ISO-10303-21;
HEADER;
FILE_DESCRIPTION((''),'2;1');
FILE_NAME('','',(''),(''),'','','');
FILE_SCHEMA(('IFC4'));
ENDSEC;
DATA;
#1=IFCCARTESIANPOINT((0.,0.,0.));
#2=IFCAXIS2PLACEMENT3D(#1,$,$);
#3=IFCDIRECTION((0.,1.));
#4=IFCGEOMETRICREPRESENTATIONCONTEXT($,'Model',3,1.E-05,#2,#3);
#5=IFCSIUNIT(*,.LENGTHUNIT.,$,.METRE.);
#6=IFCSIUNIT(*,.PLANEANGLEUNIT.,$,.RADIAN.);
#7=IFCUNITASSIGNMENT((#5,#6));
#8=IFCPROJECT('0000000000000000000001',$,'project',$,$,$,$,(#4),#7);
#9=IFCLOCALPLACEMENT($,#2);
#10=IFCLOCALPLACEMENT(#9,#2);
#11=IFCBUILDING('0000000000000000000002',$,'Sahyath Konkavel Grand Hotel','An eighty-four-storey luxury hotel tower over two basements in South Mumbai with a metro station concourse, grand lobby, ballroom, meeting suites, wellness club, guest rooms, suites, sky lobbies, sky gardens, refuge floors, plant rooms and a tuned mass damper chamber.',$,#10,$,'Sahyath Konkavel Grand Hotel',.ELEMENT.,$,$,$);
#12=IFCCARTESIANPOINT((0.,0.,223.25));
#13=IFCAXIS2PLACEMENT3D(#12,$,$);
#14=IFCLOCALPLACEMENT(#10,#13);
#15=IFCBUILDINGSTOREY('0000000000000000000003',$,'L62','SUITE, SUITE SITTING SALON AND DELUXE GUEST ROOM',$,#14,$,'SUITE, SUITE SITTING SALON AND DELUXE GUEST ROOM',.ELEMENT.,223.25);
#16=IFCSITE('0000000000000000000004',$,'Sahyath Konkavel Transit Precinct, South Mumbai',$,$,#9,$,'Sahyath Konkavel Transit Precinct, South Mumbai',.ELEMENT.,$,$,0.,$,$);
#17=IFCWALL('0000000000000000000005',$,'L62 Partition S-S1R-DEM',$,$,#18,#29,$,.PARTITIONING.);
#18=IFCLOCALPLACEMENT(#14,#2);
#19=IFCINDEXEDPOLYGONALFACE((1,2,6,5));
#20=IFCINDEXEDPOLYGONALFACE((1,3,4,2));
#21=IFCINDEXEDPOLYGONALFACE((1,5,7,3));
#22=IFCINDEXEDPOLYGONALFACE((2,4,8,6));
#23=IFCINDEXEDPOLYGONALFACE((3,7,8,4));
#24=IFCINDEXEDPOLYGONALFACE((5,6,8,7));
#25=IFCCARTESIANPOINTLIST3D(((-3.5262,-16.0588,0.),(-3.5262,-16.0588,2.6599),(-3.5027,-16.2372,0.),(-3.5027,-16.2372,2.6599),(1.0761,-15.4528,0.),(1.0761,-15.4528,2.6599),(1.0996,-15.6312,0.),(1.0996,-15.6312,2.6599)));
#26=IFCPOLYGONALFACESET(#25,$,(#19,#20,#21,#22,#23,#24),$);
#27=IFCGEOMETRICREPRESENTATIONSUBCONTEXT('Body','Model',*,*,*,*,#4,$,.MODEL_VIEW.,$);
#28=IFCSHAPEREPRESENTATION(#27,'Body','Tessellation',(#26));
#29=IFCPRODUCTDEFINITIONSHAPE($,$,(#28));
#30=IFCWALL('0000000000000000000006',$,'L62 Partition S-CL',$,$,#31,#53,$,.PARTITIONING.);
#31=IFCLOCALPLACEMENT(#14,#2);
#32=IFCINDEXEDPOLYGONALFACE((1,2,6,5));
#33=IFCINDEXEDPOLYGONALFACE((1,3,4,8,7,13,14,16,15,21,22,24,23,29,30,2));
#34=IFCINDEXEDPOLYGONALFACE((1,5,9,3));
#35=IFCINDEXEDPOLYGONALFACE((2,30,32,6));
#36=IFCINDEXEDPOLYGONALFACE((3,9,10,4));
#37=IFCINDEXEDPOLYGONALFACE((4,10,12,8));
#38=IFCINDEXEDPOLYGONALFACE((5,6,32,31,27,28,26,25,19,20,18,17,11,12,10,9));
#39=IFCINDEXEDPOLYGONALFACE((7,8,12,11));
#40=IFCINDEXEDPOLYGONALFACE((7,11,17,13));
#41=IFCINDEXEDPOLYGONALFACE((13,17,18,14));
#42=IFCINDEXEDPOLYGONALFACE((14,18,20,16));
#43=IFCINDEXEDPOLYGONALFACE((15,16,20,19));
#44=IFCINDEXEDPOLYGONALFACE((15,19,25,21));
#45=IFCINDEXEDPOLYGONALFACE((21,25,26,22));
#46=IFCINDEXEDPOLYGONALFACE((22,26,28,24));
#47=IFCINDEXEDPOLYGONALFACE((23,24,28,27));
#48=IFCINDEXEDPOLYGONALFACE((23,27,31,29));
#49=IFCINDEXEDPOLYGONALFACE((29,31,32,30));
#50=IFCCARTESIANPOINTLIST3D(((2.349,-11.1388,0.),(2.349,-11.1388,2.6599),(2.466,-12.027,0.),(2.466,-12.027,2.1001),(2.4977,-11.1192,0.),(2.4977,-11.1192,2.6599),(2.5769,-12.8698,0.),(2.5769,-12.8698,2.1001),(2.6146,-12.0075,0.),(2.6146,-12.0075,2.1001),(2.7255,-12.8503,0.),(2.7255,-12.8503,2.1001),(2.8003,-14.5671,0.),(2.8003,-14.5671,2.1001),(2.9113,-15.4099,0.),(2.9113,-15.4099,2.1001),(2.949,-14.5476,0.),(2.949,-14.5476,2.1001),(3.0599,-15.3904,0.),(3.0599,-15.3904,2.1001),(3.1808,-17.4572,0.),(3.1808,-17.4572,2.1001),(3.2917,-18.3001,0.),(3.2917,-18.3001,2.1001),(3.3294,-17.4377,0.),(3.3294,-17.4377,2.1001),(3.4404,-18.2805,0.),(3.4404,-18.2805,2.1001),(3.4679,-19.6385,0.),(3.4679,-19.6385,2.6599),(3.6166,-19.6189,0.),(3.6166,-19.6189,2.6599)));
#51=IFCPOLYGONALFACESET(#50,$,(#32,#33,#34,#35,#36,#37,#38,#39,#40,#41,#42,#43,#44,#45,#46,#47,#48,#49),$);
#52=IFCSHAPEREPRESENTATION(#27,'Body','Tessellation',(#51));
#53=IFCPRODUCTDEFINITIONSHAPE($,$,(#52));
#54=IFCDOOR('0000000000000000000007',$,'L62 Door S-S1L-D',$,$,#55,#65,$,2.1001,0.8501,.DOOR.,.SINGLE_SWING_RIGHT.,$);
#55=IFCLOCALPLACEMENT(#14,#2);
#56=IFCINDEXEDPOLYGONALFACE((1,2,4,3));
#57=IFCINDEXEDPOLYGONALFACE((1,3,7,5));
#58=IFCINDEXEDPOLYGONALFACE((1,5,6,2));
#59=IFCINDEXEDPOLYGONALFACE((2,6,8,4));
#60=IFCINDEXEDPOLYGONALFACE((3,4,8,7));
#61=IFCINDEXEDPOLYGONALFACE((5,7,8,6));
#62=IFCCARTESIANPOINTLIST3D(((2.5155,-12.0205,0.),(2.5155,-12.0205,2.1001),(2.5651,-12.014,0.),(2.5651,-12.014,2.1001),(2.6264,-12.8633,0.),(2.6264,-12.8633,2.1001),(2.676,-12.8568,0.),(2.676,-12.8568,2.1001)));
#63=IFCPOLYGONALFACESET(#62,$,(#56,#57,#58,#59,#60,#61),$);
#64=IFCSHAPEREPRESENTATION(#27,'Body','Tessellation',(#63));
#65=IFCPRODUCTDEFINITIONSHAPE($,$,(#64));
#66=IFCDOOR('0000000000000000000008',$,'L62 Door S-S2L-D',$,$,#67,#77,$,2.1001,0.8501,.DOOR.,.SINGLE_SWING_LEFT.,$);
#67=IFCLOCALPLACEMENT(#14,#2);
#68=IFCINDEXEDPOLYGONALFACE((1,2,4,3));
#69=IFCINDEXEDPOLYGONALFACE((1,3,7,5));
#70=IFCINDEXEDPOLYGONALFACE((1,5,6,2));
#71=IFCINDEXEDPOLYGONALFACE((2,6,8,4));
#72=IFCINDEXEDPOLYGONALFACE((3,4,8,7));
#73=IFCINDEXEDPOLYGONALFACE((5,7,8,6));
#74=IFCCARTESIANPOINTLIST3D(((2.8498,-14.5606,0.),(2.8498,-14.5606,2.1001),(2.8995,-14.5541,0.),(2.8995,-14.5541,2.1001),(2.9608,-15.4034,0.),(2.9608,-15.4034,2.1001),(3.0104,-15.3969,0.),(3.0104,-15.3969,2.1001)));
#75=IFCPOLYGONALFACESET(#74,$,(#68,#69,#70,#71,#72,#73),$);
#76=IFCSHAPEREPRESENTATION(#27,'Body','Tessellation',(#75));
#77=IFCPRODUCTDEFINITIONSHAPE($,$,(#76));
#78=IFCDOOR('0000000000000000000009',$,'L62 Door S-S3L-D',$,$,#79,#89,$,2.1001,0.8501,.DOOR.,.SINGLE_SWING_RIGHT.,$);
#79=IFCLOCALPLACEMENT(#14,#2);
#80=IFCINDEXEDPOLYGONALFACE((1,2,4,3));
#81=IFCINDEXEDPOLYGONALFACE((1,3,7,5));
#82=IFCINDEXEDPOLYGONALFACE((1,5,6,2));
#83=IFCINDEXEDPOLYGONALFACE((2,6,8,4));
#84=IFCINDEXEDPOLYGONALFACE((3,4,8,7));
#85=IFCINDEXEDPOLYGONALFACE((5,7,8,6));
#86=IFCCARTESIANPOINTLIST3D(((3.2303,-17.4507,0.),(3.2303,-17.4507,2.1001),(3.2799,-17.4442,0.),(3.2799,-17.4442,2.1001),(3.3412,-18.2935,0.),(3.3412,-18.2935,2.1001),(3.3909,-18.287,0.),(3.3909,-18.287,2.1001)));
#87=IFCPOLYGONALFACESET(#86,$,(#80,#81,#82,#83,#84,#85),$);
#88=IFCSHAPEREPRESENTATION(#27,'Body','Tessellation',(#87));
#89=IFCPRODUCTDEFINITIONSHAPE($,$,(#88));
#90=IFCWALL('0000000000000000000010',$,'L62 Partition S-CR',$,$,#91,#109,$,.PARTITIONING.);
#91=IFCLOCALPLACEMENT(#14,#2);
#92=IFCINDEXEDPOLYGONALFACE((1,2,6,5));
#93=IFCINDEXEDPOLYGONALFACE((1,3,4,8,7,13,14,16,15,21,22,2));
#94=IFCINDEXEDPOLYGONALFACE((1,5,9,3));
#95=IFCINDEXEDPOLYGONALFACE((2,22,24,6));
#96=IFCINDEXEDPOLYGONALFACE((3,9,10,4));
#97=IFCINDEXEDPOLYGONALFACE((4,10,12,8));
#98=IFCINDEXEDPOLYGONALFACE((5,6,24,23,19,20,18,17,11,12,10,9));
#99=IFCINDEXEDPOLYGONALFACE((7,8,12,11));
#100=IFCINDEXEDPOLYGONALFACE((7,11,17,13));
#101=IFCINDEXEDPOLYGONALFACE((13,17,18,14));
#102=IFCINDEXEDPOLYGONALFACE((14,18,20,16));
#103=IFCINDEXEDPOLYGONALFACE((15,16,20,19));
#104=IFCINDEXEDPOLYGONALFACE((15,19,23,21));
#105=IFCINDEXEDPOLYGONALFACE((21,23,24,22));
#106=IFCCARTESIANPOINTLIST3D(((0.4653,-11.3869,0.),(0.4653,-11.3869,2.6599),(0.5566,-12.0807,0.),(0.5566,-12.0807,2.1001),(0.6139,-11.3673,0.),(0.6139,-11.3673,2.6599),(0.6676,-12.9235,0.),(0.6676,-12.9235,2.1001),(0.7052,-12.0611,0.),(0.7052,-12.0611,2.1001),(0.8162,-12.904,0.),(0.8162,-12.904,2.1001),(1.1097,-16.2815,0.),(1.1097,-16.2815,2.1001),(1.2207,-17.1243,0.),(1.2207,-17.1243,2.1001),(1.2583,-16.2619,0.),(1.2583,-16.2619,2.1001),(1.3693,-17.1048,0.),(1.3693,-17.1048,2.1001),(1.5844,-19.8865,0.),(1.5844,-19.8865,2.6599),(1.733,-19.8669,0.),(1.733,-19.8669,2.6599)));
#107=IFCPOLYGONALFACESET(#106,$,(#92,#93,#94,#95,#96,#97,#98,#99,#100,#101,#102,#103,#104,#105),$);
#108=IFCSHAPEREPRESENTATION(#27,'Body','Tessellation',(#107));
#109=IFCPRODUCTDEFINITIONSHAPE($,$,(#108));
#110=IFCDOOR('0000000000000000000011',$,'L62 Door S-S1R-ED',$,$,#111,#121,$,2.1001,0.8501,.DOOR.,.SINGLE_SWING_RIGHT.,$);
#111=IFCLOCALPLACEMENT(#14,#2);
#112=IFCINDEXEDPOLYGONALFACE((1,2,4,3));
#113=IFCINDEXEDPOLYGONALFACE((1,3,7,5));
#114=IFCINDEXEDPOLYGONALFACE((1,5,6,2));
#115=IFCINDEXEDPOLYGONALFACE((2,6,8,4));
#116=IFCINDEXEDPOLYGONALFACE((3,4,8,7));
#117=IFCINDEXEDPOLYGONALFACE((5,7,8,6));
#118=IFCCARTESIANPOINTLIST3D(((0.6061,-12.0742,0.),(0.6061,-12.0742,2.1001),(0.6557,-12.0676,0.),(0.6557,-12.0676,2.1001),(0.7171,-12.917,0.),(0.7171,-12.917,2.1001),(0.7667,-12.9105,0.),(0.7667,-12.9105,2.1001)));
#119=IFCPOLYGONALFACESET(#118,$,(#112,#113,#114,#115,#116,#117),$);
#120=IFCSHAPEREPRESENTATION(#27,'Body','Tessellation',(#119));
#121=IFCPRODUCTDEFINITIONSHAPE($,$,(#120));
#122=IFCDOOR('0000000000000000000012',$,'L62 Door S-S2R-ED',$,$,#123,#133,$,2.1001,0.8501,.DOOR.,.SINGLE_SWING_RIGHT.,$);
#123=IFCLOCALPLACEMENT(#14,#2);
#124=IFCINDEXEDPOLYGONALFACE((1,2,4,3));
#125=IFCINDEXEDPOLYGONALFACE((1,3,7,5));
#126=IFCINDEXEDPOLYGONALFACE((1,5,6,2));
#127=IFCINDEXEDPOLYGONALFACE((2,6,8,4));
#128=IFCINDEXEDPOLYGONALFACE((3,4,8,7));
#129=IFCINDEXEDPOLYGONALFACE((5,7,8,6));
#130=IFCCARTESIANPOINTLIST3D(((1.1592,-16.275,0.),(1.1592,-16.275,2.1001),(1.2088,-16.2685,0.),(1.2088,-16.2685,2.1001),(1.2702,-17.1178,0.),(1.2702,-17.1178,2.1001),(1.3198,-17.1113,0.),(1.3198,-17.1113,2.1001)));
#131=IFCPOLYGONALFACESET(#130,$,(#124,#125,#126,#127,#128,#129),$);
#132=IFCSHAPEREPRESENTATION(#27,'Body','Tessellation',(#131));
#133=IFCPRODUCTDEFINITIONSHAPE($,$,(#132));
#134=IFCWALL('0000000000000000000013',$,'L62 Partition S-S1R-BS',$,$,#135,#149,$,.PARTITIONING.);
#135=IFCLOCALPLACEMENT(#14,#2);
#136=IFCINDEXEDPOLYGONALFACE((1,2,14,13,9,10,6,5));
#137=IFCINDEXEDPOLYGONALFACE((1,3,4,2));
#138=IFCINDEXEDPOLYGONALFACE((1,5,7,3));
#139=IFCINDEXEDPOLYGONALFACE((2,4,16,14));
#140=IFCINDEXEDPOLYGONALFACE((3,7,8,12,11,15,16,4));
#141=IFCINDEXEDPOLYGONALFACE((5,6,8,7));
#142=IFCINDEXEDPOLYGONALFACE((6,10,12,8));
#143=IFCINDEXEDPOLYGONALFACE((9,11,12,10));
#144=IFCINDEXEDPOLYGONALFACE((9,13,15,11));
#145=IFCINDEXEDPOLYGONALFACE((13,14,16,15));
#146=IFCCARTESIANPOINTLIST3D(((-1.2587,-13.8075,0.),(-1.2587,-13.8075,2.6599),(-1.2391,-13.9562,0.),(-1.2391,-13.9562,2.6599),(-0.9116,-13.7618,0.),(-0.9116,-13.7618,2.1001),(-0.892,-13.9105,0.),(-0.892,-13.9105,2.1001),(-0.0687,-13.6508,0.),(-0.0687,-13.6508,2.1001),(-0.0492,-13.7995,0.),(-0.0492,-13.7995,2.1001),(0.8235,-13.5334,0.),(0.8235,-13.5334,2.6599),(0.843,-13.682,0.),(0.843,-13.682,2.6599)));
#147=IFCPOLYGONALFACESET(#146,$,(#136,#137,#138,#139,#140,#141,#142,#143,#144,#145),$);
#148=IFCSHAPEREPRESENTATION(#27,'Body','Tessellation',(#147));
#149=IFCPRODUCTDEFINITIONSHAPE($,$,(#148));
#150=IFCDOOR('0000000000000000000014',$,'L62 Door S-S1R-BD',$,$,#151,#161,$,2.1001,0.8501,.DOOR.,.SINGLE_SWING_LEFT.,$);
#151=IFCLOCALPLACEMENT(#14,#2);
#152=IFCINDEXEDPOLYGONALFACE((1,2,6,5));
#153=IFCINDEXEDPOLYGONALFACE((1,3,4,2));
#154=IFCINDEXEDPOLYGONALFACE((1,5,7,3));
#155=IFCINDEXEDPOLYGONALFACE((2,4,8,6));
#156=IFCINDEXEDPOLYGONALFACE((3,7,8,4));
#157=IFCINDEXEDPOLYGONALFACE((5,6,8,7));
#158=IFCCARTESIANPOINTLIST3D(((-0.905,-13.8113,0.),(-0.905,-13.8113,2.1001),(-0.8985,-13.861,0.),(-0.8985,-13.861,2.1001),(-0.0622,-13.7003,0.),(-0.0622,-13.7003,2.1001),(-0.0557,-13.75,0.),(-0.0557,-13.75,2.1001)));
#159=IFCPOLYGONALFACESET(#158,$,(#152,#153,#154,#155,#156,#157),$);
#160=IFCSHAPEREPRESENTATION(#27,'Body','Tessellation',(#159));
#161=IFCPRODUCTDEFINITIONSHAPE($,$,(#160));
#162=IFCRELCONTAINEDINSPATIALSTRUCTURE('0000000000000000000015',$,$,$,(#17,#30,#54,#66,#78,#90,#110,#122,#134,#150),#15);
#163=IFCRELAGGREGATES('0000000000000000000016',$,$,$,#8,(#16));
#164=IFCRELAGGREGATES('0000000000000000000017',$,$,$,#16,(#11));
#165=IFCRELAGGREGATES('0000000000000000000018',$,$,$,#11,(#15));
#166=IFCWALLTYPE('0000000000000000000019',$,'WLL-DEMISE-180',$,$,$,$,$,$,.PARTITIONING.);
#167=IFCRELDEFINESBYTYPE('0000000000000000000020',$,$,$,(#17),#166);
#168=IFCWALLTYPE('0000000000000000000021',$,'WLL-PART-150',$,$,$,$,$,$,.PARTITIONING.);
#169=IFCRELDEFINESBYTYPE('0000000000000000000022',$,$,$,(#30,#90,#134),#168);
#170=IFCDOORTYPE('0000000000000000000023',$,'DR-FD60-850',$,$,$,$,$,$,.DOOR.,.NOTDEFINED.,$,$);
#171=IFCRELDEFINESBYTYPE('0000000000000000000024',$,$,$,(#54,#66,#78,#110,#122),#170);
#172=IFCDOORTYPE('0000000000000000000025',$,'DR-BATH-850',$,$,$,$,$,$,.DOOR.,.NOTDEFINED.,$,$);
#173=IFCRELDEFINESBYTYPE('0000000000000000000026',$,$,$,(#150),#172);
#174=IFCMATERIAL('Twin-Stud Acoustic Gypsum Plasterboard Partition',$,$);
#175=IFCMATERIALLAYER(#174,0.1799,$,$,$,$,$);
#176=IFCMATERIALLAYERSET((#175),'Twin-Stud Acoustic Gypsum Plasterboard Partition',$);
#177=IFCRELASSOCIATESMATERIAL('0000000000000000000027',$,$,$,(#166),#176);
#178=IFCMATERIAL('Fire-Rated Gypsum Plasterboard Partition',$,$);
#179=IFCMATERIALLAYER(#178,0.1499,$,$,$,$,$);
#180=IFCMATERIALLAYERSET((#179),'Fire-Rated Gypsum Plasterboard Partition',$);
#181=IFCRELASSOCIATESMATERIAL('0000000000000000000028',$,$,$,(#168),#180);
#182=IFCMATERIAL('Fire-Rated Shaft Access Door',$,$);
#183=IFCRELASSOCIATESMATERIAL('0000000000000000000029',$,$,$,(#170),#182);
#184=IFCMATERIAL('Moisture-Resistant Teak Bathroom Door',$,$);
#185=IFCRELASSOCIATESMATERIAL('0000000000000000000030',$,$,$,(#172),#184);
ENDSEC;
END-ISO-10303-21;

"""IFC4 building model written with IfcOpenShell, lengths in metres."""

from ifc_helpers import new_model, si_unit, direction, frame, frame_2d, origin, origin_2d, place, context, subcontext, project, spatial, rectangle, extrude, source, transform, mapped, material, layer, layer_set, type_object, element, fill, save


model = new_model("IFC4")

# Units and contexts
model_context = context("Model", 3, precision=1e-05, world=origin(), true_north=direction((0.0, 1.0)))
body_context = subcontext(model_context, "Body", "Model", "MODEL_VIEW")
ifc_project = project(units=[si_unit("LENGTHUNIT", "METRE"), si_unit("PLANEANGLEUNIT", "RADIAN")], contexts=[model_context])

# Site, building, storey
site_placement = place(None, origin())
site = spatial("IfcSite", under=ifc_project, at=site_placement, Name="Sahyath Konkavel Transit Precinct, South Mumbai", LongName="Sahyath Konkavel Transit Precinct, South Mumbai", CompositionType="ELEMENT", RefElevation=0.0)
building_placement = place(site_placement, origin())
building = spatial("IfcBuilding", under=site, at=building_placement, Name="Sahyath Konkavel Grand Hotel", Description="An eighty-four-storey luxury hotel tower over two basements in South Mumbai with a metro station concourse, grand lobby, ballroom, meeting suites, wellness club, guest rooms, suites, sky lobbies, sky gardens, refuge floors, plant rooms and a tuned mass damper chamber.", LongName="Sahyath Konkavel Grand Hotel", CompositionType="ELEMENT")
storey_placement = place(building_placement, frame((0.0, 0.0, 223.25)))
storey = spatial("IfcBuildingStorey", under=building, at=storey_placement, Name="L62", Description="SUITE, SUITE SITTING SALON AND DELUXE GUEST ROOM", LongName="SUITE, SUITE SITTING SALON AND DELUXE GUEST ROOM", CompositionType="ELEMENT", Elevation=223.25)

# Wall
ifc_material_1 = material(Name="Twin-Stud Acoustic Gypsum Plasterboard Partition")
ifc_layer_1 = layer(ifc_material_1, 0.1799)
ifc_layer_set_1 = layer_set([ifc_layer_1], Name="Twin-Stud Acoustic Gypsum Plasterboard Partition")
wall_type_1 = type_object("IfcWallType", Name="WLL-DEMISE-180", PredefinedType="PARTITIONING", material=ifc_layer_set_1)
for number, where, z_axis, x_axis, name in (
    (1, (1.0879, -15.542, 0.0), (0.0, 0.0, 1.0), (-0.991443, -0.130538, 0.0), "L62 Partition S-S1R-DEM"),
):
    element("IfcWall", number, at=place(storey_placement, frame(where, z_axis=z_axis, x_axis=x_axis)), inside=storey, type_object=wall_type_1, Name=name, PredefinedType="PARTITIONING", context=body_context, shape_type="SweptSolid", body=[
        extrude(rectangle(XDim=4.6421, YDim=0.1799, at=frame_2d((2.321, 0.0))), origin(), (0.0, 0.0, 1.0), 2.6599),
    ])

# Walls, openings, doors
ifc_material_2 = material(Name="Fire-Rated Gypsum Plasterboard Partition")
ifc_layer_2 = layer(ifc_material_2, 0.1499)
ifc_layer_set_2 = layer_set([ifc_layer_2], Name="Fire-Rated Gypsum Plasterboard Partition")
wall_type_2 = type_object("IfcWallType", Name="WLL-PART-150", PredefinedType="PARTITIONING", material=ifc_layer_set_2)
wall_1_placement = place(storey_placement, frame((2.4233, -11.1289, 0.0), z_axis=(0.0, 0.0, 1.0), x_axis=(0.130513, -0.991447, 0.0)))
wall_1 = element("IfcWall", 2, at=wall_1_placement, inside=storey, type_object=wall_type_2, Name="L62 Partition S-CL", PredefinedType="PARTITIONING", context=body_context, shape_type="SweptSolid", body=[
    extrude(rectangle(XDim=8.573, YDim=0.1499, at=frame_2d((4.2866, 0.0))), origin(), (0.0, 0.0, 1.0), 2.6599),
])
opening_1_placement = place(wall_1_placement, frame((0.896, 0.0, 0.0)))
opening_1 = element("IfcOpeningElement", 3, at=opening_1_placement, cuts=wall_1, PredefinedType="OPENING", context=body_context, shape_type="SweptSolid", body=[
    extrude(rectangle(XDim=0.8501, YDim=2.1001, at=frame_2d((0.425, 1.05))), frame((0.0, 0.085, 0.0), z_axis=(0.0, -1.0, 0.0), x_axis=(1.0, 0.0, 0.0)), (0.0, 0.0, 1.0), 0.1699),
])
opening_2_placement = place(wall_1_placement, frame((3.458, 0.0, 0.0)))
opening_2 = element("IfcOpeningElement", 4, at=opening_2_placement, cuts=wall_1, PredefinedType="OPENING", context=body_context, shape_type="SweptSolid", body=[
    extrude(rectangle(XDim=0.8501, YDim=2.1001, at=frame_2d((0.425, 1.05))), frame((0.0, 0.085, 0.0), z_axis=(0.0, -1.0, 0.0), x_axis=(1.0, 0.0, 0.0)), (0.0, 0.0, 1.0), 0.1699),
])
opening_3_placement = place(wall_1_placement, frame((6.373, 0.0, 0.0)))
opening_3 = element("IfcOpeningElement", 5, at=opening_3_placement, cuts=wall_1, PredefinedType="OPENING", context=body_context, shape_type="SweptSolid", body=[
    extrude(rectangle(XDim=0.8501, YDim=2.1001, at=frame_2d((0.425, 1.05))), frame((0.0, 0.085, 0.0), z_axis=(0.0, -1.0, 0.0), x_axis=(1.0, 0.0, 0.0)), (0.0, 0.0, 1.0), 0.1699),
])
ifc_material_3 = material(Name="Fire-Rated Shaft Access Door")
door_type_1 = type_object("IfcDoorType", Name="DR-FD60-850", OperationType="NOTDEFINED", PredefinedType="DOOR", material=ifc_material_3)
shared_shape_1 = source(origin(), body_context, "Body", "SweptSolid", [
    extrude(rectangle(XDim=0.8501, YDim=0.05, at=origin_2d()), origin(), (0.0, 0.0, 1.0), 2.1001),
])
door_1_placement = place(opening_1_placement, frame((0.425, 0.0, 0.0)))
door_1 = element("IfcDoor", 6, at=door_1_placement, inside=storey, type_object=door_type_1, Name="L62 Door S-S1L-D", OperationType="SINGLE_SWING_RIGHT", OverallHeight=2.1001, OverallWidth=0.8501, PredefinedType="DOOR", context=body_context, shape_type="MappedRepresentation", body=[
    mapped(shared_shape_1, transform((0.0, 0.0, 0.0), scale=1.0)),
])
fill(opening_1, door_1)
door_2_placement = place(opening_2_placement, frame((0.425, 0.0, 0.0)))
door_2 = element("IfcDoor", 7, at=door_2_placement, inside=storey, type_object=door_type_1, Name="L62 Door S-S2L-D", OperationType="SINGLE_SWING_LEFT", OverallHeight=2.1001, OverallWidth=0.8501, PredefinedType="DOOR", context=body_context, shape_type="MappedRepresentation", body=[
    mapped(shared_shape_1, transform((0.0, 0.0, 0.0), scale=1.0)),
])
fill(opening_2, door_2)
door_3_placement = place(opening_3_placement, frame((0.425, 0.0, 0.0)))
door_3 = element("IfcDoor", 8, at=door_3_placement, inside=storey, type_object=door_type_1, Name="L62 Door S-S3L-D", OperationType="SINGLE_SWING_RIGHT", OverallHeight=2.1001, OverallWidth=0.8501, PredefinedType="DOOR", context=body_context, shape_type="MappedRepresentation", body=[
    mapped(shared_shape_1, transform((0.0, 0.0, 0.0), scale=1.0)),
])
fill(opening_3, door_3)
wall_2_placement = place(storey_placement, frame((0.5396, -11.377, 0.0), z_axis=(0.0, 0.0, 1.0), x_axis=(0.130541, -0.991443, 0.0)))
wall_2 = element("IfcWall", 9, at=wall_2_placement, inside=storey, type_object=wall_type_2, Name="L62 Partition S-CR", PredefinedType="PARTITIONING", context=body_context, shape_type="SweptSolid", body=[
    extrude(rectangle(XDim=8.573, YDim=0.1499, at=frame_2d((4.2866, 0.0))), origin(), (0.0, 0.0, 1.0), 2.6599),
])
opening_4_placement = place(wall_2_placement, frame((0.7, 0.0, 0.0)))
opening_4 = element("IfcOpeningElement", 10, at=opening_4_placement, cuts=wall_2, PredefinedType="OPENING", context=body_context, shape_type="SweptSolid", body=[
    extrude(rectangle(XDim=0.8501, YDim=2.1001, at=frame_2d((0.425, 1.05))), frame((0.0, 0.085, 0.0), z_axis=(0.0, -1.0, 0.0), x_axis=(1.0, 0.0, 0.0)), (0.0, 0.0, 1.0), 0.1699),
])
opening_5_placement = place(wall_2_placement, frame((4.937, 0.0, 0.0)))
opening_5 = element("IfcOpeningElement", 11, at=opening_5_placement, cuts=wall_2, PredefinedType="OPENING", context=body_context, shape_type="SweptSolid", body=[
    extrude(rectangle(XDim=0.8501, YDim=2.1001, at=frame_2d((0.425, 1.05))), frame((0.0, 0.085, 0.0), z_axis=(0.0, -1.0, 0.0), x_axis=(1.0, 0.0, 0.0)), (0.0, 0.0, 1.0), 0.1699),
])
door_4_placement = place(opening_4_placement, frame((0.425, 0.0, 0.0)))
door_4 = element("IfcDoor", 12, at=door_4_placement, inside=storey, type_object=door_type_1, Name="L62 Door S-S1R-ED", OperationType="SINGLE_SWING_RIGHT", OverallHeight=2.1001, OverallWidth=0.8501, PredefinedType="DOOR", context=body_context, shape_type="MappedRepresentation", body=[
    mapped(shared_shape_1, transform((0.0, 0.0, 0.0), scale=1.0)),
])
fill(opening_4, door_4)
door_5_placement = place(opening_5_placement, frame((0.425, 0.0, 0.0)))
door_5 = element("IfcDoor", 13, at=door_5_placement, inside=storey, type_object=door_type_1, Name="L62 Door S-S2R-ED", OperationType="SINGLE_SWING_RIGHT", OverallHeight=2.1001, OverallWidth=0.8501, PredefinedType="DOOR", context=body_context, shape_type="MappedRepresentation", body=[
    mapped(shared_shape_1, transform((0.0, 0.0, 0.0), scale=1.0)),
])
fill(opening_5, door_5)

# Wall, opening, door
wall_3_placement = place(storey_placement, frame((0.8333, -13.6077, 0.0), z_axis=(0.0, 0.0, 1.0), x_axis=(-0.991441, -0.130557, 0.0)))
wall_3 = element("IfcWall", 14, at=wall_3_placement, inside=storey, type_object=wall_type_2, Name="L62 Partition S-S1R-BS", PredefinedType="PARTITIONING", context=body_context, shape_type="SweptSolid", body=[
    extrude(rectangle(XDim=2.1001, YDim=0.1499, at=frame_2d((1.05, 0.0))), origin(), (0.0, 0.0, 1.0), 2.6599),
])
opening_6_placement = place(wall_3_placement, frame((0.8999, 0.0, 0.0)))
opening_6 = element("IfcOpeningElement", 15, at=opening_6_placement, cuts=wall_3, PredefinedType="OPENING", context=body_context, shape_type="SweptSolid", body=[
    extrude(rectangle(XDim=0.8501, YDim=2.1001, at=frame_2d((0.425, 1.05))), frame((0.0, 0.085, 0.0), z_axis=(0.0, -1.0, 0.0), x_axis=(1.0, 0.0, 0.0)), (0.0, 0.0, 1.0), 0.1699),
])
ifc_material_4 = material(Name="Moisture-Resistant Teak Bathroom Door")
door_type_2 = type_object("IfcDoorType", Name="DR-BATH-850", OperationType="NOTDEFINED", PredefinedType="DOOR", material=ifc_material_4)
door_6_placement = place(opening_6_placement, frame((0.425, 0.0, 0.0)))
door_6 = element("IfcDoor", 16, at=door_6_placement, inside=storey, type_object=door_type_2, Name="L62 Door S-S1R-BD", OperationType="SINGLE_SWING_LEFT", OverallHeight=2.1001, OverallWidth=0.8501, PredefinedType="DOOR", context=body_context, shape_type="MappedRepresentation", body=[
    mapped(shared_shape_1, transform((0.0, 0.0, 0.0), scale=1.0)),
])
fill(opening_6, door_6)

save(model, "model.ifc")
